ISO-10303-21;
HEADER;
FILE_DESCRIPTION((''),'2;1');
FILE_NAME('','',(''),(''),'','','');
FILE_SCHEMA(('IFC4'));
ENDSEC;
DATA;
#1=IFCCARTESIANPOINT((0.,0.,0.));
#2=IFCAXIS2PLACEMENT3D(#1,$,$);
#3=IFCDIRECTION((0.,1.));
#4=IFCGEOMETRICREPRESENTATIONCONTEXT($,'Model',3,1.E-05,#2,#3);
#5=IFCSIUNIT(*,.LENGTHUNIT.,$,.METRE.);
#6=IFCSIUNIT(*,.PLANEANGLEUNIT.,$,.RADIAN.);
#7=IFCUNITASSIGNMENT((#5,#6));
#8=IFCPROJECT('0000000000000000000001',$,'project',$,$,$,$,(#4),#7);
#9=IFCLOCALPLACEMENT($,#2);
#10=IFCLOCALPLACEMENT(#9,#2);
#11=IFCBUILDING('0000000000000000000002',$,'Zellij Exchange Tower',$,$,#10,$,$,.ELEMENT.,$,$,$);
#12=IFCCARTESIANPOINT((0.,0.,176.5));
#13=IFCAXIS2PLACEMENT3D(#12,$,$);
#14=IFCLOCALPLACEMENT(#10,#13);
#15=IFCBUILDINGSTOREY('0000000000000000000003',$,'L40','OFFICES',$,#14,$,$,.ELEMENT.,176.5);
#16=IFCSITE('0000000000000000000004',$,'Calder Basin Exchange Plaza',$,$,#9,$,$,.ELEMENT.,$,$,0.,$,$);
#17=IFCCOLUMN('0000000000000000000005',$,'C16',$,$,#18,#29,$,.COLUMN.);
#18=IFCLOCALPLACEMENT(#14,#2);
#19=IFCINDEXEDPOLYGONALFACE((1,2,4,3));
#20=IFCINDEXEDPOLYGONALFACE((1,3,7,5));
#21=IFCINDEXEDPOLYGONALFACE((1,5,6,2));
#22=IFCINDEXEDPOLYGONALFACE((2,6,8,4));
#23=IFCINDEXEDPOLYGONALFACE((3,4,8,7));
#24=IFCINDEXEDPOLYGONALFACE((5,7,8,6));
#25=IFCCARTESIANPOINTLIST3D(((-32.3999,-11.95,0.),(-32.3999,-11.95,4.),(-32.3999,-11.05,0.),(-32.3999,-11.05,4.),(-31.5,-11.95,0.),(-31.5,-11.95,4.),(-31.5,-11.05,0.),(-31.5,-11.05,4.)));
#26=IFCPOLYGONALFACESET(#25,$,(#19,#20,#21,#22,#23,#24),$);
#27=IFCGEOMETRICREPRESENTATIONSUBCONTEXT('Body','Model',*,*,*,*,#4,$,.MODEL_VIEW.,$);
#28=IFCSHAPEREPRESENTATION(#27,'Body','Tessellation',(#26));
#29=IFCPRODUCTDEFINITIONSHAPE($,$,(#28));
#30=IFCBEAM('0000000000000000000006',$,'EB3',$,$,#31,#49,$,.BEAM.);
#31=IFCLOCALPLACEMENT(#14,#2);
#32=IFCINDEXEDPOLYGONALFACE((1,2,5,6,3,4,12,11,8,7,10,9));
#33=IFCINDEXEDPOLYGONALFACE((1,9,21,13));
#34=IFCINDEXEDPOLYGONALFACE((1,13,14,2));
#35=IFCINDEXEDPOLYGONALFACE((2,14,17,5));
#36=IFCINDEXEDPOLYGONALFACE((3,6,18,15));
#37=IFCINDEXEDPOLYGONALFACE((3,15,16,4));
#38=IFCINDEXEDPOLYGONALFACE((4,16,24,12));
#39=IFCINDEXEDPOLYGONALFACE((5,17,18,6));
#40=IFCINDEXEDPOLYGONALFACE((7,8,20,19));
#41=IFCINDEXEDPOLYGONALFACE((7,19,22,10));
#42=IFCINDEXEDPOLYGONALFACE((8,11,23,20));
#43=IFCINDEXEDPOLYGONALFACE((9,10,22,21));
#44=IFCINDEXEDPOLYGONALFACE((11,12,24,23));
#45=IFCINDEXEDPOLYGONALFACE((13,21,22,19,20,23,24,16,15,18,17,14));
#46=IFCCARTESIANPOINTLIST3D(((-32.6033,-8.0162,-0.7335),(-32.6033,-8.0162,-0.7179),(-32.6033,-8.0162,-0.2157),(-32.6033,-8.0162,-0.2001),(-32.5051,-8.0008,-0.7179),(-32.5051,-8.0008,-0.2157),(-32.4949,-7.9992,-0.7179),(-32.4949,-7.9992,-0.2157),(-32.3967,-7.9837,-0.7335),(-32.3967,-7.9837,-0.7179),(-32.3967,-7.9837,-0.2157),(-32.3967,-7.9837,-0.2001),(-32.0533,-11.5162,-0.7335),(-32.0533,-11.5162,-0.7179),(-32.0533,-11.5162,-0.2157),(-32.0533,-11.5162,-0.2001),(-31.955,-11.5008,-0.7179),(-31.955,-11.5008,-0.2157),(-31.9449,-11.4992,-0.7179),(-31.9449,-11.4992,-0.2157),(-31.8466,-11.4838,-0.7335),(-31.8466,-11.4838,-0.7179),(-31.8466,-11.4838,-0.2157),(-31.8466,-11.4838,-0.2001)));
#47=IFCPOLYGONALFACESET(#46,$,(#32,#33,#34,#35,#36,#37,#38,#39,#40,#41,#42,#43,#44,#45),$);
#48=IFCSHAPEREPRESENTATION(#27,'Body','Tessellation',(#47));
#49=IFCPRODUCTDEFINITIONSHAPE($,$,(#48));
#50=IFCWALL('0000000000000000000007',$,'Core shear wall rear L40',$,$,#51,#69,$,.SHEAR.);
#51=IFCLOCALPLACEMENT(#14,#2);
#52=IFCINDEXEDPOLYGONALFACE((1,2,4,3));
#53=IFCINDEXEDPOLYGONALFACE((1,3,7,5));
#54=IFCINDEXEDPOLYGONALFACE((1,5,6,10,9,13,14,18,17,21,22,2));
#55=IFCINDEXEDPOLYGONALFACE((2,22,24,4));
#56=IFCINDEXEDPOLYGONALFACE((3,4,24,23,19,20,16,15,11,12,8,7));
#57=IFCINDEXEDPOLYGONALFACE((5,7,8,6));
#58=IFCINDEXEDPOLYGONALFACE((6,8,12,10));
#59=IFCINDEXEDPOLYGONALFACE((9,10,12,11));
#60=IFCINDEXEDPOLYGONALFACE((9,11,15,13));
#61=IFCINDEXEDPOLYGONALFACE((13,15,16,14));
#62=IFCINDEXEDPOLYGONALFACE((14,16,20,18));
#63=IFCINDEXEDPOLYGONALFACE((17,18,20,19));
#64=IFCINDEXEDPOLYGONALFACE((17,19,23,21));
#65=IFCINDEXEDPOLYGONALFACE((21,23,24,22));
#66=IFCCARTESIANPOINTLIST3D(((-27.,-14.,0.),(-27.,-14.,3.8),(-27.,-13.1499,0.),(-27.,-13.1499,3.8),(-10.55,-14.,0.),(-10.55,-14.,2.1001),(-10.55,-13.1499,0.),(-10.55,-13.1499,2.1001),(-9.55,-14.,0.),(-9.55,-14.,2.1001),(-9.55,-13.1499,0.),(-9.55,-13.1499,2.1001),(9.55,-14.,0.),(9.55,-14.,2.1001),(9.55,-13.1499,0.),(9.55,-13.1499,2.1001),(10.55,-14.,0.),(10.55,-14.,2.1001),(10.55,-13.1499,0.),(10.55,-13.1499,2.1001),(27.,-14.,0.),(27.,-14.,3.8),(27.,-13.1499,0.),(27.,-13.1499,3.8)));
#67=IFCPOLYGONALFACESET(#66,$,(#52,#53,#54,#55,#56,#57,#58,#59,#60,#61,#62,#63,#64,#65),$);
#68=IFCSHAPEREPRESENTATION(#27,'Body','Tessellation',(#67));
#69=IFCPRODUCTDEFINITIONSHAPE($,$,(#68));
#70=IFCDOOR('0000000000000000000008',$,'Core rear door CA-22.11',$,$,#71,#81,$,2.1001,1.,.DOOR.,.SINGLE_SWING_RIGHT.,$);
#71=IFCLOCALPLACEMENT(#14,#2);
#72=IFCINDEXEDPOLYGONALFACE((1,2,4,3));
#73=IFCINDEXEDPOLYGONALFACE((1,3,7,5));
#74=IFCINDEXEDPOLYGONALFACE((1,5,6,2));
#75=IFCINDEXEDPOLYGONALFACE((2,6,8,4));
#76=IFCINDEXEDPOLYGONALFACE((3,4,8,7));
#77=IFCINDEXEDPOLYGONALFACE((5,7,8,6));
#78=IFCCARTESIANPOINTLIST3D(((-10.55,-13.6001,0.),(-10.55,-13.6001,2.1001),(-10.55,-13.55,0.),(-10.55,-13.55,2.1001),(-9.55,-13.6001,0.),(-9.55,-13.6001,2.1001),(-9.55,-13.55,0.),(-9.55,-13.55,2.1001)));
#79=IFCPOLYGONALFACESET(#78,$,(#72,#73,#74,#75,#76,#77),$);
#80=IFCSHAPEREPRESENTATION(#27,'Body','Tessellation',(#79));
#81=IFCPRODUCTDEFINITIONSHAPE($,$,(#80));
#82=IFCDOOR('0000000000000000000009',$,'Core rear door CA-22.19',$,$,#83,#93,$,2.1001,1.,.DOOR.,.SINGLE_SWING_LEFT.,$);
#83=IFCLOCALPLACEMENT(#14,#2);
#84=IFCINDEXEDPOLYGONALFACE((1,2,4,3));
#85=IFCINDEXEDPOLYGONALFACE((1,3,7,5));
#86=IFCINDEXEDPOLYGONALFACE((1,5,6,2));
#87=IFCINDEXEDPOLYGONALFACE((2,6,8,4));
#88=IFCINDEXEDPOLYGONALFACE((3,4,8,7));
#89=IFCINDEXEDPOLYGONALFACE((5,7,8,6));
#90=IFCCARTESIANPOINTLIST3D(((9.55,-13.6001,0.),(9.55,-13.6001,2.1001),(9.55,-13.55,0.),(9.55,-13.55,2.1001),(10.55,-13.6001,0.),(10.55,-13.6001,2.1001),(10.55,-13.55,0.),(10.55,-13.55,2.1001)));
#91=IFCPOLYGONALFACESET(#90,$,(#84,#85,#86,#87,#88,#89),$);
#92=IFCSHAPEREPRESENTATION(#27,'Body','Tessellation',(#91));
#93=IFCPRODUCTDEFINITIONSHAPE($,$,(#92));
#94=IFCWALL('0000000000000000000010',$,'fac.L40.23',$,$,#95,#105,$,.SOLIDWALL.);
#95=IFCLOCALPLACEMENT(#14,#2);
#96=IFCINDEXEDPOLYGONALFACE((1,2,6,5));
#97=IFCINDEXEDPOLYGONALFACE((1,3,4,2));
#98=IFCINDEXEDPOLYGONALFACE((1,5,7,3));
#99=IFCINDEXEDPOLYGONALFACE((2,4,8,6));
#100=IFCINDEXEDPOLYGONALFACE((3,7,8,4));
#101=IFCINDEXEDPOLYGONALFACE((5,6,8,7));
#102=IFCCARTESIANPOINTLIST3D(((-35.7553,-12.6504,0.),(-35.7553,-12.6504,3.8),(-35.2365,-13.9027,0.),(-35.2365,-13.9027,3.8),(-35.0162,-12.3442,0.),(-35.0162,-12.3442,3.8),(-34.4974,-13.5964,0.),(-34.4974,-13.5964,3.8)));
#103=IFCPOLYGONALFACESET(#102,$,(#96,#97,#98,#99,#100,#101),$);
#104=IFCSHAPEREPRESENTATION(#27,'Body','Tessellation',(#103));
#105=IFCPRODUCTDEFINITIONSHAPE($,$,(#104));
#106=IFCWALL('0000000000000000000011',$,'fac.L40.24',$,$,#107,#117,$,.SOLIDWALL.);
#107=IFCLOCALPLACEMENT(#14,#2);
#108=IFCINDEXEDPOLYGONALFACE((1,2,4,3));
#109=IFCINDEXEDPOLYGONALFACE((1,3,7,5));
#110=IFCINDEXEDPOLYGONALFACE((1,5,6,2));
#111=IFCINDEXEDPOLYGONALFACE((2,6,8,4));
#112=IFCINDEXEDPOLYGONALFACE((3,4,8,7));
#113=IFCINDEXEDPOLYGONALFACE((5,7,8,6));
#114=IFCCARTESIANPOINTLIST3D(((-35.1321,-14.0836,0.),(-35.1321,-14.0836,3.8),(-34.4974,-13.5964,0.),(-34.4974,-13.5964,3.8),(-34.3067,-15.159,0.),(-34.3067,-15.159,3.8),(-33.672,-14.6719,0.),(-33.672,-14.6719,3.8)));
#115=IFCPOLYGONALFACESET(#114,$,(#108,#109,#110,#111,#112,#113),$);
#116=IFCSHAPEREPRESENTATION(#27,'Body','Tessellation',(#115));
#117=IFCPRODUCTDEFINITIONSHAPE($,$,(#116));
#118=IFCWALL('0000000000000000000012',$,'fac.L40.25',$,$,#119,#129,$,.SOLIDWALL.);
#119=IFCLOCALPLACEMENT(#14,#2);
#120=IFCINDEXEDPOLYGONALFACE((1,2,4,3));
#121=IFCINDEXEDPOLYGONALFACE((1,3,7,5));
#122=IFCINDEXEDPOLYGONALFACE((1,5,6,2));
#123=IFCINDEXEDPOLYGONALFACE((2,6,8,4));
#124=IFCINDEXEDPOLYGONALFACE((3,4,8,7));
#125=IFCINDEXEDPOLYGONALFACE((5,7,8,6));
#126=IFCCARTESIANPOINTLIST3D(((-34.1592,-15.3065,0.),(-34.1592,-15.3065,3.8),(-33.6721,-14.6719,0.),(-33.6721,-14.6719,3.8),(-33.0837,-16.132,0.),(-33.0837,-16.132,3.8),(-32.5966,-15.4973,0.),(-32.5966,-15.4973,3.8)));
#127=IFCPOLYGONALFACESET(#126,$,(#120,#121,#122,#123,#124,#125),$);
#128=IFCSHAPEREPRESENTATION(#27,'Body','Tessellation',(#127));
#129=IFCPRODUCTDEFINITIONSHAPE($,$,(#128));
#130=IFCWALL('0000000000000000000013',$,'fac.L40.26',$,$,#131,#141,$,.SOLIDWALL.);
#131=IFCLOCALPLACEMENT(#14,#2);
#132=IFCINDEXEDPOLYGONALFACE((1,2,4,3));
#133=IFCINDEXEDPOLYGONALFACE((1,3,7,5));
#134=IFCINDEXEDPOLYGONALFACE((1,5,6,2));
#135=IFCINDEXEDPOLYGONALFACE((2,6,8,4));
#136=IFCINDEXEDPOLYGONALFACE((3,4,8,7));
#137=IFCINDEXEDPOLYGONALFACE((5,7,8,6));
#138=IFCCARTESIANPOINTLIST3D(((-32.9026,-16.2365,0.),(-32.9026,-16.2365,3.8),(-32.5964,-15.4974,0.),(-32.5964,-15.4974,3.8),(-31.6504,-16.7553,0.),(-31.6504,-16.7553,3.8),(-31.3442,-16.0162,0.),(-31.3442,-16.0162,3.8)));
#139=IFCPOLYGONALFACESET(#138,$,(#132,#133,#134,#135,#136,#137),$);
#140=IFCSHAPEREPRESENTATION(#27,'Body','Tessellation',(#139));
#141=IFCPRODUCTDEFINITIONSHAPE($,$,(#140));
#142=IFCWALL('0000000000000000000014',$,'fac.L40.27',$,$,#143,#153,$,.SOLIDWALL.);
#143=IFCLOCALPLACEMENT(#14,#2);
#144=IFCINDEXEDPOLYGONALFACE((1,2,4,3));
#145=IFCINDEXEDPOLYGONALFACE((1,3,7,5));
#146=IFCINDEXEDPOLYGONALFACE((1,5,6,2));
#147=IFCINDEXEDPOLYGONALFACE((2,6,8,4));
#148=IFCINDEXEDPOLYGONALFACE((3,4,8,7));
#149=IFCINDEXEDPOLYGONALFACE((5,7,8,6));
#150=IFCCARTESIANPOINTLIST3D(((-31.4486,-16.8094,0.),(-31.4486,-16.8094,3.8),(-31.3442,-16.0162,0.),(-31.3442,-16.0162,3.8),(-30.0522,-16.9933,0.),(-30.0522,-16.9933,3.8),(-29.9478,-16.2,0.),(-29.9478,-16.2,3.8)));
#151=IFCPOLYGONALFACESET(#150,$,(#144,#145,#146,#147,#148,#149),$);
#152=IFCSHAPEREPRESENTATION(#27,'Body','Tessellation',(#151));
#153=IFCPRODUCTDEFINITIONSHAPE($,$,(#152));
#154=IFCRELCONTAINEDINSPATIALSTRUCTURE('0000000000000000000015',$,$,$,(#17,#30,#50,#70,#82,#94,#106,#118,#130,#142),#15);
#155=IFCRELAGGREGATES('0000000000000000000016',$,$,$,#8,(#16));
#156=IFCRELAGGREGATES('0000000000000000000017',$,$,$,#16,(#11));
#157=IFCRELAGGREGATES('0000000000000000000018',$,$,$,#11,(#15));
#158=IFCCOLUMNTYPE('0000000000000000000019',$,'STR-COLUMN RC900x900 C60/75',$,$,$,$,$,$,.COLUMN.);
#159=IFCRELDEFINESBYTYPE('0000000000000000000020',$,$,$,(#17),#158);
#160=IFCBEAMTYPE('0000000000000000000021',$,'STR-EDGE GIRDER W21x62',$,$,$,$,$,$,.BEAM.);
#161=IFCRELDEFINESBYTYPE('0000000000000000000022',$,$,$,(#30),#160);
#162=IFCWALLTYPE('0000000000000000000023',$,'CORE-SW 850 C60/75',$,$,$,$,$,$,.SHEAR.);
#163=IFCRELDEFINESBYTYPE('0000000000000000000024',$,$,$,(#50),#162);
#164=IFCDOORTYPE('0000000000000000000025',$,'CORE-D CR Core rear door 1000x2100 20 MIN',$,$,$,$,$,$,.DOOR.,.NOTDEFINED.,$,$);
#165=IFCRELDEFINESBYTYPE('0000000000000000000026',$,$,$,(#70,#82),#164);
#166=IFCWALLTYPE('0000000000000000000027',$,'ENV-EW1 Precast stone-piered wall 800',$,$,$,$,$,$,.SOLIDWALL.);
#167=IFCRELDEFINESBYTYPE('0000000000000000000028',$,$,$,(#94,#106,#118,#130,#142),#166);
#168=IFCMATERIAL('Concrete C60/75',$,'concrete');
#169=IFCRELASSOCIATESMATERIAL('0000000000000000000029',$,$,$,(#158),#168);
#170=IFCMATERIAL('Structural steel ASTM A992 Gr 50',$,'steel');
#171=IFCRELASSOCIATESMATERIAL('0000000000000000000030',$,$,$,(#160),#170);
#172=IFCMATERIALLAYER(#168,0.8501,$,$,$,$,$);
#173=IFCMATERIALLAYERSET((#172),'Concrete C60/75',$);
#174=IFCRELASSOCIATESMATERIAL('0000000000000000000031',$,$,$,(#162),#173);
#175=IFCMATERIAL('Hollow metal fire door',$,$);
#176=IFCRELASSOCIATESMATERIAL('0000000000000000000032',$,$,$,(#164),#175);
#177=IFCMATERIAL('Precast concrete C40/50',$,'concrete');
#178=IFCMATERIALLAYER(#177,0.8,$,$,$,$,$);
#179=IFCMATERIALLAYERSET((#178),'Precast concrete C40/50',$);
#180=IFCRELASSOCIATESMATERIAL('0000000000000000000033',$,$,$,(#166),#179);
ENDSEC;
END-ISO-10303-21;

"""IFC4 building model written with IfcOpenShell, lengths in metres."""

from ifc_helpers import new_model, si_unit, direction, frame, frame_2d, origin, origin_2d, place, context, subcontext, project, spatial, rectangle, i_section, extrude, material, layer, layer_set, material_profile, profile_set, type_object, element, fill, save


model = new_model("IFC4")

# Units and contexts
model_context = context("Model", 3, precision=1e-05, world=origin(), true_north=direction((0.0, 1.0)))
body_context = subcontext(model_context, "Body", "Model", "MODEL_VIEW")
ifc_project = project(units=[si_unit("LENGTHUNIT", "METRE"), si_unit("PLANEANGLEUNIT", "RADIAN")], contexts=[model_context])

# Site, building, storey
site_placement = place(None, origin())
site = spatial("IfcSite", under=ifc_project, at=site_placement, Name="Calder Basin Exchange Plaza", CompositionType="ELEMENT", RefElevation=0.0)
building_placement = place(site_placement, origin())
building = spatial("IfcBuilding", under=site, at=building_placement, Name="Zellij Exchange Tower", CompositionType="ELEMENT")
storey_placement = place(building_placement, frame((0.0, 0.0, 176.5)))
storey = spatial("IfcBuildingStorey", under=building, at=storey_placement, Name="L40", Description="OFFICES", CompositionType="ELEMENT", Elevation=176.5)

# Column
ifc_material_1 = material(Name="Concrete C60/75", Category="concrete")
ifc_material_profile_1 = material_profile(ifc_material_1, rectangle(XDim=0.8999, YDim=0.8999, at=origin_2d()), Name="STR-COLUMN RC900x900 C60/75")
ifc_profile_set_1 = profile_set([ifc_material_profile_1], Name="Concrete C60/75")
column_type = type_object("IfcColumnType", Name="STR-COLUMN RC900x900 C60/75", PredefinedType="COLUMN", material=ifc_profile_set_1)
column_placement = place(storey_placement, frame((-31.95, -11.5, 0.0), z_axis=(0.0, 0.0, 1.0), x_axis=(1.0, 0.0, 0.0)))
element("IfcColumn", 1, at=column_placement, inside=storey, type_object=column_type, Name="C16", PredefinedType="COLUMN", context=body_context, shape_type="SweptSolid", body=[
    extrude(rectangle(XDim=0.8999, YDim=0.8999, at=origin_2d()), origin(), (0.0, 0.0, 1.0), 4.0),
])

# Beam
ifc_material_2 = material(Name="Structural steel ASTM A992 Gr 50", Category="steel")
ifc_material_profile_2 = material_profile(ifc_material_2, i_section(OverallWidth=0.2092, OverallDepth=0.5334, WebThickness=0.0103, FlangeThickness=0.0156, at=origin_2d()), Name="W21x62")
ifc_profile_set_2 = profile_set([ifc_material_profile_2], Name="Structural steel ASTM A992 Gr 50")
beam_type = type_object("IfcBeamType", Name="STR-EDGE GIRDER W21x62", PredefinedType="BEAM", material=ifc_profile_set_2)
beam_placement = place(storey_placement, frame((-31.95, -11.5, -0.4668), z_axis=(-0.155251, 0.987875, 0.0), x_axis=(-0.987875, -0.155251, 0.0)))
element("IfcBeam", 2, at=beam_placement, inside=storey, type_object=beam_type, Name="EB3", PredefinedType="BEAM", context=body_context, shape_type="SweptSolid", body=[
    extrude(i_section(OverallWidth=0.2092, OverallDepth=0.5334, WebThickness=0.0103, FlangeThickness=0.0156, at=origin_2d()), origin(), (0.0, 0.0, 1.0), 3.543),
])

# Wall, openings, doors
ifc_layer_1 = layer(ifc_material_1, 0.8501)
ifc_layer_set_1 = layer_set([ifc_layer_1], Name="Concrete C60/75")
wall_type_1 = type_object("IfcWallType", Name="CORE-SW 850 C60/75", PredefinedType="SHEAR", material=ifc_layer_set_1)
wall_1_placement = place(storey_placement, frame((-27.0, -13.575, 0.0), z_axis=(0.0, 0.0, 1.0), x_axis=(1.0, 0.0, 0.0)))
wall_1 = element("IfcWall", 3, at=wall_1_placement, inside=storey, type_object=wall_type_1, Name="Core shear wall rear L40", PredefinedType="SHEAR", context=body_context, shape_type="SweptSolid", body=[
    extrude(rectangle(XDim=54.0, YDim=0.8501, at=frame_2d((27.0, 0.0))), origin(), (0.0, 0.0, 1.0), 3.8),
])
opening_1_placement = place(wall_1_placement, frame((16.45, 0.0, 0.0)))
opening_1 = element("IfcOpeningElement", 4, at=opening_1_placement, cuts=wall_1, PredefinedType="OPENING", context=body_context, shape_type="SweptSolid", body=[
    extrude(rectangle(XDim=1.0, YDim=2.1001, at=frame_2d((0.5, 1.05))), frame((0.0, 0.437, 0.0), z_axis=(0.0, -1.0, 0.0), x_axis=(1.0, 0.0, 0.0)), (0.0, 0.0, 1.0), 0.874),
])
opening_2_placement = place(wall_1_placement, frame((36.55, 0.0, 0.0)))
opening_2 = element("IfcOpeningElement", 5, at=opening_2_placement, cuts=wall_1, PredefinedType="OPENING", context=body_context, shape_type="SweptSolid", body=[
    extrude(rectangle(XDim=1.0, YDim=2.1001, at=frame_2d((0.5, 1.05))), frame((0.0, 0.437, 0.0), z_axis=(0.0, -1.0, 0.0), x_axis=(1.0, 0.0, 0.0)), (0.0, 0.0, 1.0), 0.874),
])
ifc_material_3 = material(Name="Hollow metal fire door")
door_type_1 = type_object("IfcDoorType", Name="CORE-D CR Core rear door 1000x2100 20 MIN", OperationType="NOTDEFINED", PredefinedType="DOOR", material=ifc_material_3)
door_1_placement = place(opening_1_placement, origin())
door_1 = element("IfcDoor", 6, at=door_1_placement, inside=storey, type_object=door_type_1, Name="Core rear door CA-22.11", OperationType="SINGLE_SWING_RIGHT", OverallHeight=2.1001, OverallWidth=1.0, PredefinedType="DOOR", context=body_context, shape_type="SweptSolid", body=[
    extrude(rectangle(XDim=1.0, YDim=2.1001, at=frame_2d((0.5, 1.05))), frame((0.0, 0.0249, 0.0), z_axis=(0.0, -1.0, 0.0), x_axis=(1.0, 0.0, 0.0)), (0.0, 0.0, 1.0), 0.05),
])
fill(opening_1, door_1)
door_2_placement = place(opening_2_placement, origin())
door_2 = element("IfcDoor", 7, at=door_2_placement, inside=storey, type_object=door_type_1, Name="Core rear door CA-22.19", OperationType="SINGLE_SWING_LEFT", OverallHeight=2.1001, OverallWidth=1.0, PredefinedType="DOOR", context=body_context, shape_type="SweptSolid", body=[
    extrude(rectangle(XDim=1.0, YDim=2.1001, at=frame_2d((0.5, 1.05))), frame((0.0, 0.0249, 0.0), z_axis=(0.0, -1.0, 0.0), x_axis=(1.0, 0.0, 0.0)), (0.0, 0.0, 1.0), 0.05),
])
fill(opening_2, door_2)

# Shared definitions
ifc_material_4 = material(Name="Precast concrete C40/50", Category="concrete")
ifc_layer_2 = layer(ifc_material_4, 0.8)
ifc_layer_set_2 = layer_set([ifc_layer_2], Name="Precast concrete C40/50")
wall_type_2 = type_object("IfcWallType", Name="ENV-EW1 Precast stone-piered wall 800", PredefinedType="SOLIDWALL", material=ifc_layer_set_2)

# Walls
wall_2_placement = place(storey_placement, frame((-35.3857, -12.4973, 0.0), z_axis=(0.0, 0.0, 1.0), x_axis=(0.38276, -0.923848, 0.0)))
element("IfcWall", 8, at=wall_2_placement, inside=storey, type_object=wall_type_2, Name="fac.L40.23", PredefinedType="SOLIDWALL", context=body_context, shape_type="SweptSolid", body=[
    extrude(rectangle(XDim=1.3555, YDim=0.8, at=frame_2d((0.6777, 0.0))), origin(), (0.0, 0.0, 1.0), 3.8),
])
for number, where, z_axis, x_axis, name in (
    (9, (-34.8147, -13.8401, 0.0), (0.0, 0.0, 1.0), (0.608866, -0.793273, 0.0), "fac.L40.24"),
    (10, (-33.9155, -14.9893, 0.0), (0.0, 0.0, 1.0), (0.793273, -0.608866, 0.0), "fac.L40.25"),
):
    element("IfcWall", number, at=place(storey_placement, frame(where, z_axis=z_axis, x_axis=x_axis)), inside=storey, type_object=wall_type_2, Name=name, PredefinedType="SOLIDWALL", context=body_context, shape_type="SweptSolid", body=[
        extrude(rectangle(XDim=1.3557, YDim=0.8, at=frame_2d((0.6777, 0.0))), origin(), (0.0, 0.0, 1.0), 3.8),
    ])
wall_3_placement = place(storey_placement, frame((-32.7495, -15.8669, 0.0), z_axis=(0.0, 0.0, 1.0), x_axis=(0.923848, -0.38276, 0.0)))
element("IfcWall", 11, at=wall_3_placement, inside=storey, type_object=wall_type_2, Name="fac.L40.26", PredefinedType="SOLIDWALL", context=body_context, shape_type="SweptSolid", body=[
    extrude(rectangle(XDim=1.3555, YDim=0.8, at=frame_2d((0.6777, 0.0))), origin(), (0.0, 0.0, 1.0), 3.8),
])
wall_4_placement = place(storey_placement, frame((-31.3962, -16.4128, 0.0), z_axis=(0.0, 0.0, 1.0), x_axis=(0.991446, -0.130517, 0.0)))
element("IfcWall", 12, at=wall_4_placement, inside=storey, type_object=wall_type_2, Name="fac.L40.27", PredefinedType="SOLIDWALL", context=body_context, shape_type="SweptSolid", body=[
    extrude(rectangle(XDim=1.4084, YDim=0.8, at=frame_2d((0.7041, 0.0))), origin(), (0.0, 0.0, 1.0), 3.8),
])

save(model, "model.ifc")
